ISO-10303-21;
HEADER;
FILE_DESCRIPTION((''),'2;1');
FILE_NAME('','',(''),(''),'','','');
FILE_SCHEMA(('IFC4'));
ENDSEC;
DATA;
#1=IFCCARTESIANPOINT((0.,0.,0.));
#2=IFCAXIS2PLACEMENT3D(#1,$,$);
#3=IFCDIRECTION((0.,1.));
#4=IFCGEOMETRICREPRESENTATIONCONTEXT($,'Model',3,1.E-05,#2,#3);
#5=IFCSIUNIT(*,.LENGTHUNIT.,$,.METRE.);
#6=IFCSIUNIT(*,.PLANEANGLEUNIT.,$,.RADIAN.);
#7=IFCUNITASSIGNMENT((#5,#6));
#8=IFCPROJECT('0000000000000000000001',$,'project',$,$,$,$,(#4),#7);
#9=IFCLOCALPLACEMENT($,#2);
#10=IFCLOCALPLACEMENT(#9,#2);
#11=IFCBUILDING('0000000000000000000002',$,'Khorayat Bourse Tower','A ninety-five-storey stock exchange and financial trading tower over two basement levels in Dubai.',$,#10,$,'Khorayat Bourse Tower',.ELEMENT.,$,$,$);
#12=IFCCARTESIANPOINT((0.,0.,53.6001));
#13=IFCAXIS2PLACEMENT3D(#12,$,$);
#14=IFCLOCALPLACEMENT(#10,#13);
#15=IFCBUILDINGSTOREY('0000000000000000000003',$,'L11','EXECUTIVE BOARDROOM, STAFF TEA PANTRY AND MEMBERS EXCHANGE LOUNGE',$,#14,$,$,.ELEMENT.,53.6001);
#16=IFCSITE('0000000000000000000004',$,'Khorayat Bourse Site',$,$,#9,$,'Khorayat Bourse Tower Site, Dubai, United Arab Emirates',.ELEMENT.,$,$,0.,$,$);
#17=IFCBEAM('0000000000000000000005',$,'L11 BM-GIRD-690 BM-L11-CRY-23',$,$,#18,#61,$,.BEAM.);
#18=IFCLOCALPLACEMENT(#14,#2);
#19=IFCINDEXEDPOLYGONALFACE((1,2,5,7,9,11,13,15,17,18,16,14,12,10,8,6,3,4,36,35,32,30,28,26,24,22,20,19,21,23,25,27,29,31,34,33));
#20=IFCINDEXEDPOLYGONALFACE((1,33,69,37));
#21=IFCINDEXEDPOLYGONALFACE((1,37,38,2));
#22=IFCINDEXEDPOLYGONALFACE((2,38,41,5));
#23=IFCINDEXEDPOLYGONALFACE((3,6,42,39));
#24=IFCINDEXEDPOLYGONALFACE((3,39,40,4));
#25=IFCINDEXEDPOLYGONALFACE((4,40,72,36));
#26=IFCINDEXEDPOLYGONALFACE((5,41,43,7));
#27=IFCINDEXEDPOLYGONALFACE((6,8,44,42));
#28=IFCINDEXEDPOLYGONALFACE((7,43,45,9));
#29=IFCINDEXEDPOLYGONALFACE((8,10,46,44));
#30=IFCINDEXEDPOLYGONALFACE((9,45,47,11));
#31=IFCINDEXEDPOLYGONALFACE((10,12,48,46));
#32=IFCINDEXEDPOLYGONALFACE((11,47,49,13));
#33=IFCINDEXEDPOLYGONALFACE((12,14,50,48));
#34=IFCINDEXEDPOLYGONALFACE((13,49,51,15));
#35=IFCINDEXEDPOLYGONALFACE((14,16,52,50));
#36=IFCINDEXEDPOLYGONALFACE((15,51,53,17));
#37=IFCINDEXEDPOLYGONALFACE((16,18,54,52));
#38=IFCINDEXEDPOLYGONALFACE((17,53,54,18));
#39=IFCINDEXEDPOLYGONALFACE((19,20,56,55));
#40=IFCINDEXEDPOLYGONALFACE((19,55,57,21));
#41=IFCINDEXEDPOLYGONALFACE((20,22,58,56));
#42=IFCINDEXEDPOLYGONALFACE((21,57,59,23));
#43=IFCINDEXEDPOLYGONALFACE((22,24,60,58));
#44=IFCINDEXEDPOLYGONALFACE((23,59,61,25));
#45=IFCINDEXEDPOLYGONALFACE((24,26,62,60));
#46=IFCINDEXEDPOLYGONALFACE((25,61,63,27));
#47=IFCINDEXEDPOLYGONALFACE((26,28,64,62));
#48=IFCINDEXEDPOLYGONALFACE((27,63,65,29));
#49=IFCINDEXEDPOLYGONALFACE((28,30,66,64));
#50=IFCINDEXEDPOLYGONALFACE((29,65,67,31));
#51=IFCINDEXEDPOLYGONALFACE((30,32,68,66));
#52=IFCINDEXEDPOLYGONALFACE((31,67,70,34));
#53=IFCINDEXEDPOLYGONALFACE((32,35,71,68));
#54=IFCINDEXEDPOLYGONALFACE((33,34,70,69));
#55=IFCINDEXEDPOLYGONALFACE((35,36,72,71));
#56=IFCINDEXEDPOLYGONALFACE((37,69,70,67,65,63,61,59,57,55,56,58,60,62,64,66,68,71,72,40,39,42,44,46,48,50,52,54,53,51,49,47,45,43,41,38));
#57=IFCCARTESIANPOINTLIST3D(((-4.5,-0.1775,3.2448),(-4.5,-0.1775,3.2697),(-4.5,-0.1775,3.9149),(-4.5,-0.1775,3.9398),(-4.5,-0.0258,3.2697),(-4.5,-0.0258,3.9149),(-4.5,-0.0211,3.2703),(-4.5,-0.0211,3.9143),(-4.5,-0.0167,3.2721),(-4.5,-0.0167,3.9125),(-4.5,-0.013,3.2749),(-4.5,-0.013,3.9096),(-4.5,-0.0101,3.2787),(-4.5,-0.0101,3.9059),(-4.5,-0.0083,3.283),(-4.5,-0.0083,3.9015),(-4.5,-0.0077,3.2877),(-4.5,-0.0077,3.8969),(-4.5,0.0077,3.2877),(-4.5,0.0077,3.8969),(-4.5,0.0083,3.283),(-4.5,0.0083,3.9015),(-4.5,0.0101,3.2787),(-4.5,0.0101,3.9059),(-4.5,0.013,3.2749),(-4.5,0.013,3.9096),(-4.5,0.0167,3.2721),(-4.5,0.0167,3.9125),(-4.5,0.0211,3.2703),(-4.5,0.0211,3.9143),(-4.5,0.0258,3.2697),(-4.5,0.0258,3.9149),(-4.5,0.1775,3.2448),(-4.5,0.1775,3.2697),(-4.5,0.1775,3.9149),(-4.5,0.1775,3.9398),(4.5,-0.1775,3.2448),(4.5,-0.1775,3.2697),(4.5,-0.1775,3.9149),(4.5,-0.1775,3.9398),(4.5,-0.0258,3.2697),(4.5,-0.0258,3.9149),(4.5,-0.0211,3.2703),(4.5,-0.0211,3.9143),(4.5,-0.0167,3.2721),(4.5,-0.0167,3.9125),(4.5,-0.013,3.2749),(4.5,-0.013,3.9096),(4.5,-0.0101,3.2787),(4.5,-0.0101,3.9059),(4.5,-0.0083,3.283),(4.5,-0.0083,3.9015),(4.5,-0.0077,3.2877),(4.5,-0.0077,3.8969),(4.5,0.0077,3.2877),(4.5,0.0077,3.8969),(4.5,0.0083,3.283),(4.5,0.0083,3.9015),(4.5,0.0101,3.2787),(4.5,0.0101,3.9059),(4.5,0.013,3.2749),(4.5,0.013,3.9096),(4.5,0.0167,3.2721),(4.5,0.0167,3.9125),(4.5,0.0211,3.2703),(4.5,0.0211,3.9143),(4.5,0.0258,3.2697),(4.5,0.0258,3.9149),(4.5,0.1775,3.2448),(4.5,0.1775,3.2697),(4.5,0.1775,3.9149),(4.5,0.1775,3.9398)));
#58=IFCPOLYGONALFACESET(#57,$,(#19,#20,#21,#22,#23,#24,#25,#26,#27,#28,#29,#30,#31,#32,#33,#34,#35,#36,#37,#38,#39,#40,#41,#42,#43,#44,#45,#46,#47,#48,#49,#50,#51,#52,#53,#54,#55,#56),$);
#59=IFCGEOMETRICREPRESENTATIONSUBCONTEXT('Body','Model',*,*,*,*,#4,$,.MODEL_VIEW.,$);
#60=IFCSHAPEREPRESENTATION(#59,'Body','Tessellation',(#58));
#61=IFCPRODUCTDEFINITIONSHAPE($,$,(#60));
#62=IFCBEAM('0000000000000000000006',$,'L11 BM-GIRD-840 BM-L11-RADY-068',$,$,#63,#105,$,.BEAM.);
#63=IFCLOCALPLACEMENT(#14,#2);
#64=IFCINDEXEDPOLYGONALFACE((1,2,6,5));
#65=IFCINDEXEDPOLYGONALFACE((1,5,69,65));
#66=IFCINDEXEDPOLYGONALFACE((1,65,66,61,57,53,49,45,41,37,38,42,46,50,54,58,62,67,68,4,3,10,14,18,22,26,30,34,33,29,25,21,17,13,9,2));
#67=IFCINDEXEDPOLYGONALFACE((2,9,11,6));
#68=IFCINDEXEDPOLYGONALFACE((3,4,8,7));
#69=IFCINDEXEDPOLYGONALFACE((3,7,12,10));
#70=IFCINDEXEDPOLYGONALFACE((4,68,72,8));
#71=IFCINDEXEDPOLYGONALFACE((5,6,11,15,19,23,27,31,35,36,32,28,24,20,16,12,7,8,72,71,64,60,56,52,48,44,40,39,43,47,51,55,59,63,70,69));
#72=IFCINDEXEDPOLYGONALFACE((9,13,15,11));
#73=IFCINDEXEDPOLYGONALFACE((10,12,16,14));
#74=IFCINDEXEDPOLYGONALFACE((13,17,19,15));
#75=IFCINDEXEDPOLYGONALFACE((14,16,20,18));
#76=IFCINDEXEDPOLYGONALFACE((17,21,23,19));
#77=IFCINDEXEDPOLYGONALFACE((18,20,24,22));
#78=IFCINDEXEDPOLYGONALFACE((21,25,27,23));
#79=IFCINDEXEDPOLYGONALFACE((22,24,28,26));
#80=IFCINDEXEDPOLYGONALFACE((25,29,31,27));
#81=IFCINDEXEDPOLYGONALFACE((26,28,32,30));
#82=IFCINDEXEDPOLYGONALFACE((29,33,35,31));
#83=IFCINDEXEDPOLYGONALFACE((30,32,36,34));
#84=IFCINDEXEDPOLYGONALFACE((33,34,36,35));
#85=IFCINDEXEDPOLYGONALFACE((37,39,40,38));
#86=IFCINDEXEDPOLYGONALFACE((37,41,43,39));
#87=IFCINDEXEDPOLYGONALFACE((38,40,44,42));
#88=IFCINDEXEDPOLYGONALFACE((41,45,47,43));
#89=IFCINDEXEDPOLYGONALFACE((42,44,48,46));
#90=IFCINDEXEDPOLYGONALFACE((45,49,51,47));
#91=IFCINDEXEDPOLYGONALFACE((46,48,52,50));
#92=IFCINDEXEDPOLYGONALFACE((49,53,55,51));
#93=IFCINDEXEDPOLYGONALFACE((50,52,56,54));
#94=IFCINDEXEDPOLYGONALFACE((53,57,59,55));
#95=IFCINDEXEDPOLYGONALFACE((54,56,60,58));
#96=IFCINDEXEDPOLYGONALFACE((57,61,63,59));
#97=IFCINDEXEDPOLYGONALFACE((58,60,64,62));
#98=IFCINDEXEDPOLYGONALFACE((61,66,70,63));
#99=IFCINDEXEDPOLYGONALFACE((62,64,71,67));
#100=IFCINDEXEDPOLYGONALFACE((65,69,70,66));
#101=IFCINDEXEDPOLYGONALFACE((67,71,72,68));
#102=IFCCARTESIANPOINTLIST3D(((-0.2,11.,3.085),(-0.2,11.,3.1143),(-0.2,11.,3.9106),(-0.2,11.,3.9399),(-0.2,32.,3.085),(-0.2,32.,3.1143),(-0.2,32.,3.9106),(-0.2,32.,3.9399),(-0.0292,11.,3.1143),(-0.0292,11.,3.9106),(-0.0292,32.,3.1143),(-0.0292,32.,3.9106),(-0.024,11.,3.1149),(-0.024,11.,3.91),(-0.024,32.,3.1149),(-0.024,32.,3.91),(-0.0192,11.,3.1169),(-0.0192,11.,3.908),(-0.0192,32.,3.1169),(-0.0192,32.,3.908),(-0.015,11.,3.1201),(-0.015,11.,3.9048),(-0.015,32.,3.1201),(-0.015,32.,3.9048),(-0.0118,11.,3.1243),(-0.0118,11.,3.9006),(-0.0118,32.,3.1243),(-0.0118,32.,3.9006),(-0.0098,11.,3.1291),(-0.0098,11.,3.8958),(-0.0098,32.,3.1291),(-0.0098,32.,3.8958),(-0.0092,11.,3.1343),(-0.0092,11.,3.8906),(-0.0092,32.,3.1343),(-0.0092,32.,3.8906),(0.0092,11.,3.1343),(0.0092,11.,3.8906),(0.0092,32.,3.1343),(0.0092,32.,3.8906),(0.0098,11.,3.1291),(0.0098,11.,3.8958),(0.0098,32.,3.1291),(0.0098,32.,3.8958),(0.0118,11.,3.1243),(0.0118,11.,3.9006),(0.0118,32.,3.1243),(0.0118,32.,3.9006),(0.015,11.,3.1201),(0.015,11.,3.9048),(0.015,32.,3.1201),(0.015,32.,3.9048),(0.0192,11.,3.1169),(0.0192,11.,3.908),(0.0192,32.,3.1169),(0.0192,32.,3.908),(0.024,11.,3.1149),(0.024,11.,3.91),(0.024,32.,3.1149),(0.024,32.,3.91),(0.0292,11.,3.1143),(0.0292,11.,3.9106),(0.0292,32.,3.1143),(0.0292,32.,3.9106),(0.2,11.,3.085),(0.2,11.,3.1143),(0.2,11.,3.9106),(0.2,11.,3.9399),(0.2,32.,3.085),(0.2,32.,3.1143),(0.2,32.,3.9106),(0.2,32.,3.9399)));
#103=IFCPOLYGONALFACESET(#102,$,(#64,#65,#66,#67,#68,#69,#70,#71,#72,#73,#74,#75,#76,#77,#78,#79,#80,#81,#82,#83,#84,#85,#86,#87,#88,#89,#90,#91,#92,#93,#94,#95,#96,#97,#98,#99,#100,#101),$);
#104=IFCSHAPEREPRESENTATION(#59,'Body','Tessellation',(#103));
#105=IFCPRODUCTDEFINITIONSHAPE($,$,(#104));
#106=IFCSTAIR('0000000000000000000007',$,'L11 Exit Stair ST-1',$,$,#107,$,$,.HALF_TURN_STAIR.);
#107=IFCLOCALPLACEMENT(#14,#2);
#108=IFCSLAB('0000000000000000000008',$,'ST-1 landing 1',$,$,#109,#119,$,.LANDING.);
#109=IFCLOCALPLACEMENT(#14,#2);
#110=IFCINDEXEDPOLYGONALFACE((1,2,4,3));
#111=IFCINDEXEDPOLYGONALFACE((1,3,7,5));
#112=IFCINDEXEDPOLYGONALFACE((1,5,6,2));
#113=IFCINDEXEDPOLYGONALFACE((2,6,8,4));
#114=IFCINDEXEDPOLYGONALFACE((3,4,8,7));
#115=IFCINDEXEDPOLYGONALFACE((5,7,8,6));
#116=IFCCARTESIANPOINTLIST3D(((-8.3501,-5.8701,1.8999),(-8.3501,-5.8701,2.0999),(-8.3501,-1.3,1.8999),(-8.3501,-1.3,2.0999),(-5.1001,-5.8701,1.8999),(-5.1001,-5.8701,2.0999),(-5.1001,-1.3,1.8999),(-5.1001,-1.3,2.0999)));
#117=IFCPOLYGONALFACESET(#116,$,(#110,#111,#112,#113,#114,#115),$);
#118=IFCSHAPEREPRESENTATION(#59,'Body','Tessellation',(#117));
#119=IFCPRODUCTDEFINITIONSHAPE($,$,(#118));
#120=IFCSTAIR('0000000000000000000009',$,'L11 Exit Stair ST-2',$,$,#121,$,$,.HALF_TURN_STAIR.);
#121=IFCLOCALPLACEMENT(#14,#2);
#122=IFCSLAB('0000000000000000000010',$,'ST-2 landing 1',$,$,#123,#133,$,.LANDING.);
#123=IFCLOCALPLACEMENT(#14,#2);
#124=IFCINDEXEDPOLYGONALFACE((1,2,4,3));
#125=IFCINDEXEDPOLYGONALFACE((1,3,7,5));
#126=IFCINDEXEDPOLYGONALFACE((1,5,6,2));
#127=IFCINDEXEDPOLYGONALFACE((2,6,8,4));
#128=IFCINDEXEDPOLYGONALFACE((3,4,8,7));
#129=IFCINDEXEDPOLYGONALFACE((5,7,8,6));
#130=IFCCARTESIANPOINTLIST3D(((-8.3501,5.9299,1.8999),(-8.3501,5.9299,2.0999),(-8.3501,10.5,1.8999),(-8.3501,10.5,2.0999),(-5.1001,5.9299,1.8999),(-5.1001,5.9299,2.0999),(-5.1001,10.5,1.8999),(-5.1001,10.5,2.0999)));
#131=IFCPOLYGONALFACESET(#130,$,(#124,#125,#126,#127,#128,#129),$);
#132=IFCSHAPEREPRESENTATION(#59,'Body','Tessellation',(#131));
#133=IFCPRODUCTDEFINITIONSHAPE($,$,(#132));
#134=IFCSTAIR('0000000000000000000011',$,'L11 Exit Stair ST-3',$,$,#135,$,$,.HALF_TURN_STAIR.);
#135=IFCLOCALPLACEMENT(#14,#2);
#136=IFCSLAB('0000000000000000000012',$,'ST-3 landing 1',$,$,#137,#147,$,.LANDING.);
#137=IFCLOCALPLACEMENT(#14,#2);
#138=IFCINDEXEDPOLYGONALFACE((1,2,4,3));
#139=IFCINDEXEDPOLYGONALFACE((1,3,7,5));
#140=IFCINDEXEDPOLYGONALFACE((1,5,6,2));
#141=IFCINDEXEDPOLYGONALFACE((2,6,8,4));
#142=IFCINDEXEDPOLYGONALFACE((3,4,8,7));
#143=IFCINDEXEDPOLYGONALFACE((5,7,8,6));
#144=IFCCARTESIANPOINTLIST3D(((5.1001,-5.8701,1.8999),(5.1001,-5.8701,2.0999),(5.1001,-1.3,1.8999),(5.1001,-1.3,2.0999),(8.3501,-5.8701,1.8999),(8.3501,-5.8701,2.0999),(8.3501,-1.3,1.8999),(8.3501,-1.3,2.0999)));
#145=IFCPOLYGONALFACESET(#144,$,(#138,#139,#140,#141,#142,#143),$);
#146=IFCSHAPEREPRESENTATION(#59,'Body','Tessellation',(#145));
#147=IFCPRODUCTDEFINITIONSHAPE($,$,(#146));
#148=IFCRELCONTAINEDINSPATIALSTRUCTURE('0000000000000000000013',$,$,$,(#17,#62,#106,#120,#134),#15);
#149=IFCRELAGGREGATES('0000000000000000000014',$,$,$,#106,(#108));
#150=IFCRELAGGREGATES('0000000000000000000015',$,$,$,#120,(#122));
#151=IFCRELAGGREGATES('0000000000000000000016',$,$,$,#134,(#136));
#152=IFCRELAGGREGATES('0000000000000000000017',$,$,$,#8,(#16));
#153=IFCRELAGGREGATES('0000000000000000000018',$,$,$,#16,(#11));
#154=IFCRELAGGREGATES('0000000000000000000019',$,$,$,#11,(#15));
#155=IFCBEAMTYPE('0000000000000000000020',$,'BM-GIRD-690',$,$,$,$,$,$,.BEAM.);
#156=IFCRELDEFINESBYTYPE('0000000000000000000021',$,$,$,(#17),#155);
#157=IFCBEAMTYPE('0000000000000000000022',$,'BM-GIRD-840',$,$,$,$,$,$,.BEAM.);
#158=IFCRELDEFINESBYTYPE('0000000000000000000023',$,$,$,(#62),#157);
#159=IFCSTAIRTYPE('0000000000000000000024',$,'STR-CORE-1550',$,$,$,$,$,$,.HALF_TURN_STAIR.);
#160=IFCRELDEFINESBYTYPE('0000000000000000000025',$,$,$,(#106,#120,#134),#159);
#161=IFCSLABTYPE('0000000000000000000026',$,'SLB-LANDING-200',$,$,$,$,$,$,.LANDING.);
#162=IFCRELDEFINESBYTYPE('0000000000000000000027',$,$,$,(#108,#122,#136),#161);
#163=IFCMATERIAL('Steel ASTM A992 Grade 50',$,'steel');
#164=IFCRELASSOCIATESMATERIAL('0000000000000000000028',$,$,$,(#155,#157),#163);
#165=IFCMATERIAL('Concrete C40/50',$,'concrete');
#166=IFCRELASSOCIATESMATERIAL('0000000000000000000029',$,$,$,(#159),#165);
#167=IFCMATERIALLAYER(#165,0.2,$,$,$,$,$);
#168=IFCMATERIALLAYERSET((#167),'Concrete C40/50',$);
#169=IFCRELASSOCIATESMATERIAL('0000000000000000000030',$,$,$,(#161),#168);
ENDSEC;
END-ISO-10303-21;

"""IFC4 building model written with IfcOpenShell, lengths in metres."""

from ifc_helpers import new_model, si_unit, direction, frame, origin, origin_2d, place, context, subcontext, project, spatial, polyline, i_section, outline, extrude, source, transform, mapped, material, layer, layer_set, material_profile, profile_set, type_object, element, aggregate, save


model = new_model("IFC4")

# Units and contexts
model_context = context("Model", 3, precision=1e-05, world=origin(), true_north=direction((0.0, 1.0)))
body_context = subcontext(model_context, "Body", "Model", "MODEL_VIEW")
ifc_project = project(units=[si_unit("LENGTHUNIT", "METRE"), si_unit("PLANEANGLEUNIT", "RADIAN")], contexts=[model_context])

# Site, building, storey
site_placement = place(None, origin())
site = spatial("IfcSite", under=ifc_project, at=site_placement, Name="Khorayat Bourse Site", LongName="Khorayat Bourse Tower Site, Dubai, United Arab Emirates", CompositionType="ELEMENT", RefElevation=0.0)
building_placement = place(site_placement, origin())
building = spatial("IfcBuilding", under=site, at=building_placement, Name="Khorayat Bourse Tower", Description="A ninety-five-storey stock exchange and financial trading tower over two basement levels in Dubai.", LongName="Khorayat Bourse Tower", CompositionType="ELEMENT")
storey_placement = place(building_placement, frame((0.0, 0.0, 53.6001)))
storey = spatial("IfcBuildingStorey", under=building, at=storey_placement, Name="L11", Description="EXECUTIVE BOARDROOM, STAFF TEA PANTRY AND MEMBERS EXCHANGE LOUNGE", CompositionType="ELEMENT", Elevation=53.6001)

# Beams
ifc_material_1 = material(Name="Steel ASTM A992 Grade 50", Category="steel")
ifc_material_profile_1 = material_profile(ifc_material_1, i_section(OverallWidth=0.355, OverallDepth=0.6951, WebThickness=0.0154, FlangeThickness=0.0249, FilletRadius=0.0181, at=origin_2d()), Name="W690X217")
ifc_profile_set_1 = profile_set([ifc_material_profile_1], Name="Steel ASTM A992 Grade 50")
beam_type_1 = type_object("IfcBeamType", Name="BM-GIRD-690", PredefinedType="BEAM", material=ifc_profile_set_1)
shared_shape_1 = source(origin(), body_context, "Body", "SweptSolid", [
    extrude(i_section(OverallWidth=0.355, OverallDepth=0.6951, WebThickness=0.0154, FlangeThickness=0.0249, FilletRadius=0.0181, at=origin_2d()), origin(), (0.0, 0.0, 1.0), 9.0),
])
beam_1_placement = place(storey_placement, frame((-4.5, 0.0, 3.5923), z_axis=(1.0, 0.0, 0.0), x_axis=(0.0, 1.0, 0.0)))
element("IfcBeam", 1, at=beam_1_placement, inside=storey, type_object=beam_type_1, Name="L11 BM-GIRD-690 BM-L11-CRY-23", PredefinedType="BEAM", context=body_context, shape_type="MappedRepresentation", body=[
    mapped(shared_shape_1, transform((0.0, 0.0, 0.0), scale=1.0)),
])
ifc_material_profile_2 = material_profile(ifc_material_1, i_section(OverallWidth=0.3999, OverallDepth=0.855, WebThickness=0.0183, FlangeThickness=0.0293, FilletRadius=0.02, at=origin_2d()), Name="W840X299")
ifc_profile_set_2 = profile_set([ifc_material_profile_2], Name="Steel ASTM A992 Grade 50")
beam_type_2 = type_object("IfcBeamType", Name="BM-GIRD-840", PredefinedType="BEAM", material=ifc_profile_set_2)
shared_shape_2 = source(origin(), body_context, "Body", "SweptSolid", [
    extrude(i_section(OverallWidth=0.3999, OverallDepth=0.855, WebThickness=0.0183, FlangeThickness=0.0293, FilletRadius=0.02, at=origin_2d()), origin(), (0.0, 0.0, 1.0), 21.0),
])
beam_2_placement = place(storey_placement, frame((0.0, 11.0, 3.5125), z_axis=(0.0, 1.0, 0.0), x_axis=(-1.0, 0.0, 0.0)))
element("IfcBeam", 2, at=beam_2_placement, inside=storey, type_object=beam_type_2, Name="L11 BM-GIRD-840 BM-L11-RADY-068", PredefinedType="BEAM", context=body_context, shape_type="MappedRepresentation", body=[
    mapped(shared_shape_2, transform((0.0, 0.0, 0.0), scale=1.0)),
])

# Stairs, slabs
ifc_material_2 = material(Name="Concrete C40/50", Category="concrete")
stair_type = type_object("IfcStairType", Name="STR-CORE-1550", PredefinedType="HALF_TURN_STAIR", material=ifc_material_2)
stair_1_placement = place(storey_placement, origin())
stair_1 = element("IfcStair", 3, at=stair_1_placement, inside=storey, type_object=stair_type, Name="L11 Exit Stair ST-1", PredefinedType="HALF_TURN_STAIR")
ifc_layer_1 = layer(ifc_material_2, 0.2)
ifc_layer_set_1 = layer_set([ifc_layer_1], Name="Concrete C40/50")
slab_type_1 = type_object("IfcSlabType", Name="SLB-LANDING-200", PredefinedType="LANDING", material=ifc_layer_set_1)
slab_1_placement = place(storey_placement, frame((0.0, 0.0, 1.8999)))
slab_1 = element("IfcSlab", 4, at=slab_1_placement, type_object=slab_type_1, Name="ST-1 landing 1", PredefinedType="LANDING", context=body_context, shape_type="SweptSolid", body=[
    extrude(outline(polyline([(-5.1001, -5.8701), (-5.1001, -1.3), (-8.3501, -1.3), (-8.3501, -5.8701), (-5.1001, -5.8701)])), origin(), (0.0, 0.0, 1.0), 0.2),
])
aggregate(stair_1, [slab_1])
stair_2_placement = place(storey_placement, origin())
stair_2 = element("IfcStair", 5, at=stair_2_placement, inside=storey, type_object=stair_type, Name="L11 Exit Stair ST-2", PredefinedType="HALF_TURN_STAIR")
slab_2_placement = place(storey_placement, frame((0.0, 0.0, 1.8999)))
slab_2 = element("IfcSlab", 6, at=slab_2_placement, type_object=slab_type_1, Name="ST-2 landing 1", PredefinedType="LANDING", context=body_context, shape_type="SweptSolid", body=[
    extrude(outline(polyline([(-5.1001, 5.9299), (-5.1001, 10.5), (-8.3501, 10.5), (-8.3501, 5.9299), (-5.1001, 5.9299)])), origin(), (0.0, 0.0, 1.0), 0.2),
])
aggregate(stair_2, [slab_2])
stair_3_placement = place(storey_placement, origin())
stair_3 = element("IfcStair", 7, at=stair_3_placement, inside=storey, type_object=stair_type, Name="L11 Exit Stair ST-3", PredefinedType="HALF_TURN_STAIR")
slab_3_placement = place(storey_placement, frame((0.0, 0.0, 1.8999)))
slab_3 = element("IfcSlab", 8, at=slab_3_placement, type_object=slab_type_1, Name="ST-3 landing 1", PredefinedType="LANDING", context=body_context, shape_type="SweptSolid", body=[
    extrude(outline(polyline([(8.3501, -5.8701), (8.3501, -1.3), (5.1001, -1.3), (5.1001, -5.8701), (8.3501, -5.8701)])), origin(), (0.0, 0.0, 1.0), 0.2),
])
aggregate(stair_3, [slab_3])

save(model, "model.ifc")
